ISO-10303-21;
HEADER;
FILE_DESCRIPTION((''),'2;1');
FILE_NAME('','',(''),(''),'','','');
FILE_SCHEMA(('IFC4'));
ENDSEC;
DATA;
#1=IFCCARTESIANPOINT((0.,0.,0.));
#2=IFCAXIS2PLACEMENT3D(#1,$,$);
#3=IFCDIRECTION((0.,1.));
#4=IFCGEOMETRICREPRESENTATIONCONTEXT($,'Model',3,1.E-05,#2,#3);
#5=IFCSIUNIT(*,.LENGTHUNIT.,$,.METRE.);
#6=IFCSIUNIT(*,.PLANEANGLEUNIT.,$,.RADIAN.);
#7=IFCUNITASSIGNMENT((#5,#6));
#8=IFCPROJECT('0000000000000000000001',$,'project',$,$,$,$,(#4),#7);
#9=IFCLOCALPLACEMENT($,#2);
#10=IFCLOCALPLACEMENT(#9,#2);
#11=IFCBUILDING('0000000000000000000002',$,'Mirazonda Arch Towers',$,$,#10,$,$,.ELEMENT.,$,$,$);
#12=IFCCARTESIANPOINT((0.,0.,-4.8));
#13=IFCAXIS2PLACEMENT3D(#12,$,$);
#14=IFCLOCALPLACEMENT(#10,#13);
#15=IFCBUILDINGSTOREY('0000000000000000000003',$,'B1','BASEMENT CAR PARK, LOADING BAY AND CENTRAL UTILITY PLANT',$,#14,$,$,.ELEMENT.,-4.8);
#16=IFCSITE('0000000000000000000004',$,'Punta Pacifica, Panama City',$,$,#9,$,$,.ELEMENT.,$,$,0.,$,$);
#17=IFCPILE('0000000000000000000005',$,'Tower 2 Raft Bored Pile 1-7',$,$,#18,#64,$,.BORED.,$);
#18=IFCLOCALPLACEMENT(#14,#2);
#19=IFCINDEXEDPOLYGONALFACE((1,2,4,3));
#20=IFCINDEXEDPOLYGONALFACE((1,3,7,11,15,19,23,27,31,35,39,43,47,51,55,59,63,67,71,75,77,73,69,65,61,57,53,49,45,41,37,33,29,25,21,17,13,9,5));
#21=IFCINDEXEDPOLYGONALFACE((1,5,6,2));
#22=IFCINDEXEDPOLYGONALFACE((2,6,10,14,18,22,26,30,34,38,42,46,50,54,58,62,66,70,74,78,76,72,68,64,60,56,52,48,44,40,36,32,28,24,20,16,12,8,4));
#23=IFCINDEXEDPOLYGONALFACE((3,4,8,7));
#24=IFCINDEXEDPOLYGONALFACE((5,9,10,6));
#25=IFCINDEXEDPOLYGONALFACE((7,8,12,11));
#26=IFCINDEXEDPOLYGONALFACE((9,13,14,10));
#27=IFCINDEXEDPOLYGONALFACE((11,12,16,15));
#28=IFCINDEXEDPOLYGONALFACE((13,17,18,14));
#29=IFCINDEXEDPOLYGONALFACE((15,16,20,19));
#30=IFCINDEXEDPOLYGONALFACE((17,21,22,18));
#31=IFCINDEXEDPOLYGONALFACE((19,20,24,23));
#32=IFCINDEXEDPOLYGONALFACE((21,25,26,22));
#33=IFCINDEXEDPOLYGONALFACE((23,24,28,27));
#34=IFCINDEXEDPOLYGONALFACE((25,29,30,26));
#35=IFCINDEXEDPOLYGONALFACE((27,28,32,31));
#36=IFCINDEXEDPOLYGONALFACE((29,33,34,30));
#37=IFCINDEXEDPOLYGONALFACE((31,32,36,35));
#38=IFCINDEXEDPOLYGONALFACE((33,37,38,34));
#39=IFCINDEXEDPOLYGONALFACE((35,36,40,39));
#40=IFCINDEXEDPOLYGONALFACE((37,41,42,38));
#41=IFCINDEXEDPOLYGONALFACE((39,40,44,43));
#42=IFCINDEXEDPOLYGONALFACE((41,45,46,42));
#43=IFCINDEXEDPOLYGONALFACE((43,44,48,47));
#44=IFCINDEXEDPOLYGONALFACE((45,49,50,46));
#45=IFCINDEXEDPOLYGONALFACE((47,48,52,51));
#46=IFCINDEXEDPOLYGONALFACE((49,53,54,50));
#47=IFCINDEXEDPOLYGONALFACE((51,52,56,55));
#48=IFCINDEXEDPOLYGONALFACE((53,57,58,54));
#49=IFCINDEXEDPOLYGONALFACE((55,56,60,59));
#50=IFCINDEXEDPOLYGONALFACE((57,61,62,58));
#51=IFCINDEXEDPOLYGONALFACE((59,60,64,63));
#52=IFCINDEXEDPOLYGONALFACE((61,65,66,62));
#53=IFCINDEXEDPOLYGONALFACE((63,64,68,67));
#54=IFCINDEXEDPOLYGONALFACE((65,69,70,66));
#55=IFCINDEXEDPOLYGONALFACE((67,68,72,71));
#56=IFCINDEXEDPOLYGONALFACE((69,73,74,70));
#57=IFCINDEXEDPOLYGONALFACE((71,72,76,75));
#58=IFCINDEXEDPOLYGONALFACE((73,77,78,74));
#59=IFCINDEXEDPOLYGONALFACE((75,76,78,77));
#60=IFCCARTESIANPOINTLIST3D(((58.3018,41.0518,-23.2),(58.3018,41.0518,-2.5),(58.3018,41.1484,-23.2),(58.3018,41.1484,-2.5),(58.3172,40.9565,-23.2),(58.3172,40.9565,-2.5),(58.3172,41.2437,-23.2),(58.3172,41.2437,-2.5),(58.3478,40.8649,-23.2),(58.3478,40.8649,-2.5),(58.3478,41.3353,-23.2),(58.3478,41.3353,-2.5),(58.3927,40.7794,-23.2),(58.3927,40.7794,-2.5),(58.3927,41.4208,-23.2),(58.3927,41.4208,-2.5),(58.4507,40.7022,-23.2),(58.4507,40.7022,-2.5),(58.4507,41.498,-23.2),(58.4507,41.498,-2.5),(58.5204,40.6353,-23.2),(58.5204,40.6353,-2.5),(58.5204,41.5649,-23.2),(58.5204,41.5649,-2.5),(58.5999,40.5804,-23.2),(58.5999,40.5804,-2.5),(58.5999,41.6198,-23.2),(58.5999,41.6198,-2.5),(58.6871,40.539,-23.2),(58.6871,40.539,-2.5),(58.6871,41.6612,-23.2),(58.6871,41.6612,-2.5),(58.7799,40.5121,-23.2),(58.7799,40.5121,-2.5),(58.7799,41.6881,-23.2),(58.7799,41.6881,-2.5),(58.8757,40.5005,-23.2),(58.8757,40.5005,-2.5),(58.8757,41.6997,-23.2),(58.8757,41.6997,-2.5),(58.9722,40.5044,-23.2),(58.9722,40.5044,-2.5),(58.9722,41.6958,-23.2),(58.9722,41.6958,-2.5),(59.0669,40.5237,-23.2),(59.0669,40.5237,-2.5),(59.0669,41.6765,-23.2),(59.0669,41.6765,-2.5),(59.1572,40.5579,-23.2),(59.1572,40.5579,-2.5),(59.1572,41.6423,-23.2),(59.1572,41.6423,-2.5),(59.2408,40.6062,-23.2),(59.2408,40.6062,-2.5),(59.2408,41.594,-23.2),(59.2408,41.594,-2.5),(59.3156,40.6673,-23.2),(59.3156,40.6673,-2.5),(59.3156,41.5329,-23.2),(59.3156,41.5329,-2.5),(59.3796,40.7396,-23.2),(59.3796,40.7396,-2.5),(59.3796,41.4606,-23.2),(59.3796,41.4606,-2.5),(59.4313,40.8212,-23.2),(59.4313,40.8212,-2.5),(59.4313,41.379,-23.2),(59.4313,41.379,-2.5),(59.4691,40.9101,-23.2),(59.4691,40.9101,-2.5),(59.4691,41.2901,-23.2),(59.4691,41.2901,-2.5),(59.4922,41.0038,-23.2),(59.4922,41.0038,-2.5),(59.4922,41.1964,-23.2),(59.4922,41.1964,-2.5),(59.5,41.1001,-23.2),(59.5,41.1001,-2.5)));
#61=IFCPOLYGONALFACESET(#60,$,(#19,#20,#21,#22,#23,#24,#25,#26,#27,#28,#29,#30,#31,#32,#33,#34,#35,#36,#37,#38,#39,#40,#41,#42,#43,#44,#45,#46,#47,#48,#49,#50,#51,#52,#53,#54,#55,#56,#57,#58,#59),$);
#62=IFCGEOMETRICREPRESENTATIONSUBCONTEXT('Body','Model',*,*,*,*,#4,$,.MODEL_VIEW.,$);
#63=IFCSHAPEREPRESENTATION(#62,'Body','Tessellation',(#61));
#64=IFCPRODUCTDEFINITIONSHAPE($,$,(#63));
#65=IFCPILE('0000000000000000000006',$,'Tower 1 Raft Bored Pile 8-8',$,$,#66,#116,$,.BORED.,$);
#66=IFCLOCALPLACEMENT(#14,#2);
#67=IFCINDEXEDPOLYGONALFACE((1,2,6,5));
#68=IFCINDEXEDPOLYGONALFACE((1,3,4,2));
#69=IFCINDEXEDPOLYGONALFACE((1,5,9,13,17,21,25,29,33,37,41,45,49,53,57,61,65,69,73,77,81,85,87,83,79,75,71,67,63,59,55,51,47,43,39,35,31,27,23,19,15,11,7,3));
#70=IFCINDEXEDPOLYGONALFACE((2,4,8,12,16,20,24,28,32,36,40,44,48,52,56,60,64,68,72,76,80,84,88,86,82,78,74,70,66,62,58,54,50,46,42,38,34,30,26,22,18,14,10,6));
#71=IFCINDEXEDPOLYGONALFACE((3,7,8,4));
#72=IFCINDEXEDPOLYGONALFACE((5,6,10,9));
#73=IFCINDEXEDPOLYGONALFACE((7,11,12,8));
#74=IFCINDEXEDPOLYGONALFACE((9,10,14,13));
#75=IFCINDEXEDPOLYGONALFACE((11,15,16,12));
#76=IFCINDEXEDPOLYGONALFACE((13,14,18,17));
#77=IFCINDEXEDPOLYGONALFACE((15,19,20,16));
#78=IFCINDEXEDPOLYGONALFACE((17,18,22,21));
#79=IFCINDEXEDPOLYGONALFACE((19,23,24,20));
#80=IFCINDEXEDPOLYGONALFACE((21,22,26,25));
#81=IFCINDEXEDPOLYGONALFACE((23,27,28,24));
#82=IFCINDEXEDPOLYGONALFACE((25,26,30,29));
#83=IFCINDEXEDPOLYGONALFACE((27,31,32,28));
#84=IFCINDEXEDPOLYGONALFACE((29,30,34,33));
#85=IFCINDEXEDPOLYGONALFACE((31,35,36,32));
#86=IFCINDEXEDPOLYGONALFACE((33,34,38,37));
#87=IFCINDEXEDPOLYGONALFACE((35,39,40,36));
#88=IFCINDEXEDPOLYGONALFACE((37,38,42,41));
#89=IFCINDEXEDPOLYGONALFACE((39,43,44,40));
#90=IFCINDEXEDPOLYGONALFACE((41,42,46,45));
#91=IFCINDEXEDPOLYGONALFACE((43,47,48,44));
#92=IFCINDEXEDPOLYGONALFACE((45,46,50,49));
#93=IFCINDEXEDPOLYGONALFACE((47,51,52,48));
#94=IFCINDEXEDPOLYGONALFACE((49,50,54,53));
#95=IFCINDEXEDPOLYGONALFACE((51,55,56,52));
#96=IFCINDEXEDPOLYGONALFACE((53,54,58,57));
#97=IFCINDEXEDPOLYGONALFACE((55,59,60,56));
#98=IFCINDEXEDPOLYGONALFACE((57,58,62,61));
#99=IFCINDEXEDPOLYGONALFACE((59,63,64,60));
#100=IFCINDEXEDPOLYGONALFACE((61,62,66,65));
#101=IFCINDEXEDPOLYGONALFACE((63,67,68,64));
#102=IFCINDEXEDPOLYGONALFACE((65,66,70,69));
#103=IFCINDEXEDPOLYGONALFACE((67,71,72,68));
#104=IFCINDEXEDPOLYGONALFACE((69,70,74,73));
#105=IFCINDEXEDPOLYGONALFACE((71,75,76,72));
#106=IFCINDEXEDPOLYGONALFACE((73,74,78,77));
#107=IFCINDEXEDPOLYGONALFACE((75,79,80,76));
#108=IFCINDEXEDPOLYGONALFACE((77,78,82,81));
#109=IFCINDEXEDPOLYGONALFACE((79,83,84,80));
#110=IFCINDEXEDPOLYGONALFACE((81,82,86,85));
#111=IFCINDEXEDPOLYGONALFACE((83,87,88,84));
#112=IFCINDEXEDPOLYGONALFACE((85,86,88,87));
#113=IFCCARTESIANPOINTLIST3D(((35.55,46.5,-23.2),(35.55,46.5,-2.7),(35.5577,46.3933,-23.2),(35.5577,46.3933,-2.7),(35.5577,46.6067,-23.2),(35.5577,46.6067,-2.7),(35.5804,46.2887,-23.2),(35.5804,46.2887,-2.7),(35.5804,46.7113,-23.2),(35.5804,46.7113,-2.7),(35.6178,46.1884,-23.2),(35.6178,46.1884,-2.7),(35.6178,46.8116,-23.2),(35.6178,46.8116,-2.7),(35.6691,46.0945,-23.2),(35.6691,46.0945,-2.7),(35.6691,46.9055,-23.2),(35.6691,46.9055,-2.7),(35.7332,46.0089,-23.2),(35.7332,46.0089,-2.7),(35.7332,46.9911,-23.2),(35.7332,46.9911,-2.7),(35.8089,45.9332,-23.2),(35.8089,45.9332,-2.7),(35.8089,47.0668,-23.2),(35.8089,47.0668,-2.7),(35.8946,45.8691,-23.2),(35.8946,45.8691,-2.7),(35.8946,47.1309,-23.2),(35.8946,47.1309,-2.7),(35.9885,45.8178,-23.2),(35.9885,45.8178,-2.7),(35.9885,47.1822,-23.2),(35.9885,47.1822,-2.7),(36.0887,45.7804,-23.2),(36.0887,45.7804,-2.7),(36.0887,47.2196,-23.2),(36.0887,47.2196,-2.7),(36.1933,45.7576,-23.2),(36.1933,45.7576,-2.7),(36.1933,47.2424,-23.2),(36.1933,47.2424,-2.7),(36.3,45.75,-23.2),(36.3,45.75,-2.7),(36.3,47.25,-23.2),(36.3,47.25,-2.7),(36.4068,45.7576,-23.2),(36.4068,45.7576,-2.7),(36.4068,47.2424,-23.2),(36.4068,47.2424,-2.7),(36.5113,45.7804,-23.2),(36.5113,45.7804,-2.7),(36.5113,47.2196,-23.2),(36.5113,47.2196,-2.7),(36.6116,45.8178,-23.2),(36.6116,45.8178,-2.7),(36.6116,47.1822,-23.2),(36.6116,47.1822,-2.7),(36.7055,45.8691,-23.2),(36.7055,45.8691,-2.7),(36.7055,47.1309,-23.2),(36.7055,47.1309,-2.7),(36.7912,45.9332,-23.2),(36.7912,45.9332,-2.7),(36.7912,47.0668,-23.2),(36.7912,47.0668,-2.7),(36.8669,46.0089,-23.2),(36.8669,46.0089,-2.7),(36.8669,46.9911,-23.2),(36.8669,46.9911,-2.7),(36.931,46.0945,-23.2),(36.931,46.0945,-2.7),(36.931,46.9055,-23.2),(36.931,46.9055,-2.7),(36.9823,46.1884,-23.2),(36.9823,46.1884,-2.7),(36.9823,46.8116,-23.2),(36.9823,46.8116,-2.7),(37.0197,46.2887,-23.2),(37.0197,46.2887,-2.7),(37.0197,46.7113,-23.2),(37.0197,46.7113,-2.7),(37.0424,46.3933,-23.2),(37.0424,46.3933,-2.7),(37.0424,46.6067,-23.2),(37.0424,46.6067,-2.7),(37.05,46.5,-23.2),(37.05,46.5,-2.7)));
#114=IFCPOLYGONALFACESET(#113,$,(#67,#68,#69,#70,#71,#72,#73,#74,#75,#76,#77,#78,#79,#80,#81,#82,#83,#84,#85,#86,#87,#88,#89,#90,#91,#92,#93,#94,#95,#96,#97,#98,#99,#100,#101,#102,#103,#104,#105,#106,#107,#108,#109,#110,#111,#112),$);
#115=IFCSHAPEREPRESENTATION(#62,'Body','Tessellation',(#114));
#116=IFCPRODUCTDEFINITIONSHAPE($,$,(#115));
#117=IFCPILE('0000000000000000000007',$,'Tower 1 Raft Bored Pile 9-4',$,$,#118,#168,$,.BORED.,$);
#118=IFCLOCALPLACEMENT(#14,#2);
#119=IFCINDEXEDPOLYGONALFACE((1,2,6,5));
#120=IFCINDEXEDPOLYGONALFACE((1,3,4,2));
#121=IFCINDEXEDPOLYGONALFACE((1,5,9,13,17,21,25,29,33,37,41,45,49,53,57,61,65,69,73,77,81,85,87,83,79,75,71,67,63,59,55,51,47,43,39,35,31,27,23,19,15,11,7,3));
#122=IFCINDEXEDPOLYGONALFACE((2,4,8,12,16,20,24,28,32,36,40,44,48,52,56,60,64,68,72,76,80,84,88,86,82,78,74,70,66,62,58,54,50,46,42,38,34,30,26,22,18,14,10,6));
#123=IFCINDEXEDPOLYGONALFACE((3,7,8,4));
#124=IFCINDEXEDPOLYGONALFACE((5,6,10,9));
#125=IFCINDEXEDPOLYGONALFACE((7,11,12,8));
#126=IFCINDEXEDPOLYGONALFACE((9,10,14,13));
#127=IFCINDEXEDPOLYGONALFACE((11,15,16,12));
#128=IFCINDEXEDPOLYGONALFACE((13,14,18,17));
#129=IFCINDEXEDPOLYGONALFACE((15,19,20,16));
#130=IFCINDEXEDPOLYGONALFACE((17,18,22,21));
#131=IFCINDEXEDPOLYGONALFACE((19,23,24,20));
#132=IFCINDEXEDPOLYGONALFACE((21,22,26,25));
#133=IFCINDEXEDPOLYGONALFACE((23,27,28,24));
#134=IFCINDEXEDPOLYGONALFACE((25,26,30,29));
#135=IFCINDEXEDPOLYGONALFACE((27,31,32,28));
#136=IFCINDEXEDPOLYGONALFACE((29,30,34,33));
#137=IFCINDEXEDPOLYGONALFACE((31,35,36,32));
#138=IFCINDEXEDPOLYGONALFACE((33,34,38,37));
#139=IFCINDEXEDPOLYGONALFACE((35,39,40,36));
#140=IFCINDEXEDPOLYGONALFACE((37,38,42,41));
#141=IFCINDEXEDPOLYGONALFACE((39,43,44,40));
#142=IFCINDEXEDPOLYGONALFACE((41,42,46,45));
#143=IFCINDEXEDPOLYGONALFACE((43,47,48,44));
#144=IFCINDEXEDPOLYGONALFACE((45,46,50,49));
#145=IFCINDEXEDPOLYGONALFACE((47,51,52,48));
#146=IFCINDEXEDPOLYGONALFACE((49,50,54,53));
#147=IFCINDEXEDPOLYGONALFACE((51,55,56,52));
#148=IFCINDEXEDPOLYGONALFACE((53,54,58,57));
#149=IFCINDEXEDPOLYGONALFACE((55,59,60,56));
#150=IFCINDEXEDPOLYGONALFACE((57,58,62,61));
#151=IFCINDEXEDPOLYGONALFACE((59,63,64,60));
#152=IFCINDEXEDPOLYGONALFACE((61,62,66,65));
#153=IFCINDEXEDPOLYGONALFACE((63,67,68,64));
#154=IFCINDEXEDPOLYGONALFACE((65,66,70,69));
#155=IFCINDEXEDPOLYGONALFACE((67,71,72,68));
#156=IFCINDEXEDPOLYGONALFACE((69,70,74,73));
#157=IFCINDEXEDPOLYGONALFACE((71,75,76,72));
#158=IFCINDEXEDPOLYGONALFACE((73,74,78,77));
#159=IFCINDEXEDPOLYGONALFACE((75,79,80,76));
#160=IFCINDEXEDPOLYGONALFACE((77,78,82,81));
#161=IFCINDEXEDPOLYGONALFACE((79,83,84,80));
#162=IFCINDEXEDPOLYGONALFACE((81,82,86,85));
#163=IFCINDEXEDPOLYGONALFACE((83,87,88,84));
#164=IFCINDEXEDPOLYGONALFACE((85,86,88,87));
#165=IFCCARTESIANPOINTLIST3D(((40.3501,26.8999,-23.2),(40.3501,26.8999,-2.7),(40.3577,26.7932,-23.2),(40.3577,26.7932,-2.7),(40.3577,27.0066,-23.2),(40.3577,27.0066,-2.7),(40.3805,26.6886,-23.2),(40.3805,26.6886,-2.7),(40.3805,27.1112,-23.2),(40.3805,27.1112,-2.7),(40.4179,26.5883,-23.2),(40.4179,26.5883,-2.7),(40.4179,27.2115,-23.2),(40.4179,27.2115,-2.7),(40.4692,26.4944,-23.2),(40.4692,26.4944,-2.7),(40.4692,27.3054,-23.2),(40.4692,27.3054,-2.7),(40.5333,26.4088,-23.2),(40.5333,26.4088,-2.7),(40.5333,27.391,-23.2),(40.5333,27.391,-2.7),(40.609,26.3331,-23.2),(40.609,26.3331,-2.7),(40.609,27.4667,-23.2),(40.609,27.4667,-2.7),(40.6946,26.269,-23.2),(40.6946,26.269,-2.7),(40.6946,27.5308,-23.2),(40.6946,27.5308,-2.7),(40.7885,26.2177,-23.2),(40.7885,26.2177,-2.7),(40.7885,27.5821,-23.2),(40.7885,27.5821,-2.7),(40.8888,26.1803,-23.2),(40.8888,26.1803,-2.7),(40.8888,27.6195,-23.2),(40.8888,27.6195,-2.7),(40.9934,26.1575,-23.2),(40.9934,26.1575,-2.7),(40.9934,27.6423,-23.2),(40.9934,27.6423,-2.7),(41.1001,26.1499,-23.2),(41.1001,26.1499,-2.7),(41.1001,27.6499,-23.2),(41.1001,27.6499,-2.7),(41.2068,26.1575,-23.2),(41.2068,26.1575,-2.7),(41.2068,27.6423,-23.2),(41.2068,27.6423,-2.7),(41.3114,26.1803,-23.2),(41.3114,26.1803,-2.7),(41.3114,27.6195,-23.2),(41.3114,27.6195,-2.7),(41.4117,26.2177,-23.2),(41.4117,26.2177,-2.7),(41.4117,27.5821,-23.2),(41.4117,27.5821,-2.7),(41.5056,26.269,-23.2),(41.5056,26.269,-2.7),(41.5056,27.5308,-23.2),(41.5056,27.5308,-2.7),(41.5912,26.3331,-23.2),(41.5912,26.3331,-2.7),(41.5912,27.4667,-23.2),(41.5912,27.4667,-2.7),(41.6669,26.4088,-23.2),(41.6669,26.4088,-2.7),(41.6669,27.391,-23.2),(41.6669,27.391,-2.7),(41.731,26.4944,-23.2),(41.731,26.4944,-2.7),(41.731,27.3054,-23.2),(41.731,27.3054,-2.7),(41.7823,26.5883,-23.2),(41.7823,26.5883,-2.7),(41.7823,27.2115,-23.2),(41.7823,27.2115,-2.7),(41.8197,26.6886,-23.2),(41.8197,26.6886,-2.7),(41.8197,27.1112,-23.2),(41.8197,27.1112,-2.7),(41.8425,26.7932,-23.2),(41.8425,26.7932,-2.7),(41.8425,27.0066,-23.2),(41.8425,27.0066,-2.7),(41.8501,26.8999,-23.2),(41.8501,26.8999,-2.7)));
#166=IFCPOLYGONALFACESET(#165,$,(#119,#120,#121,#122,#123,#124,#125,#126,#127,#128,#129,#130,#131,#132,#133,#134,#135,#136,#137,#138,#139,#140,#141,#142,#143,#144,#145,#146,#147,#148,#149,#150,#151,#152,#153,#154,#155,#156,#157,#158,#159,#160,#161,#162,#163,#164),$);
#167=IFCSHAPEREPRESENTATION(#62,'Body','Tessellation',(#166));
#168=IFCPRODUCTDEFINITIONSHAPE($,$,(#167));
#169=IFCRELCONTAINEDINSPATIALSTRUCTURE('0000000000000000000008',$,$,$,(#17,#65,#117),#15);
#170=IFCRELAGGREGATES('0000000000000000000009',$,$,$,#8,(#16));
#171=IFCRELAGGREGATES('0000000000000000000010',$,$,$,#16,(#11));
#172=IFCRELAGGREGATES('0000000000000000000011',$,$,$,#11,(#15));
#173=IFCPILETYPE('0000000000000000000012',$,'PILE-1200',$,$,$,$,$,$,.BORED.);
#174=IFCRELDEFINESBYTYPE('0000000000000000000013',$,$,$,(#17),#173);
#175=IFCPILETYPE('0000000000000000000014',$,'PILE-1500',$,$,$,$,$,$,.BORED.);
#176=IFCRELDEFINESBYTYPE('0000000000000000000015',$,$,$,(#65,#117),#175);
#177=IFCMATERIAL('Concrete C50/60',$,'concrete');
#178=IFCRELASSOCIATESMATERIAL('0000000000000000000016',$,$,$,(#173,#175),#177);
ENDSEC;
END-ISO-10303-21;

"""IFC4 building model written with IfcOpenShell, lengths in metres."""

from ifc_helpers import new_model, si_unit, direction, frame, origin, origin_2d, place, context, subcontext, project, spatial, circle, extrude, material, material_profile, profile_set, type_object, element, save


model = new_model("IFC4")

# Units and contexts
model_context = context("Model", 3, precision=1e-05, world=origin(), true_north=direction((0.0, 1.0)))
body_context = subcontext(model_context, "Body", "Model", "MODEL_VIEW")
ifc_project = project(units=[si_unit("LENGTHUNIT", "METRE"), si_unit("PLANEANGLEUNIT", "RADIAN")], contexts=[model_context])

# Site, building, storey
site_placement = place(None, origin())
site = spatial("IfcSite", under=ifc_project, at=site_placement, Name="Punta Pacifica, Panama City", CompositionType="ELEMENT", RefElevation=0.0)
building_placement = place(site_placement, origin())
building = spatial("IfcBuilding", under=site, at=building_placement, Name="Mirazonda Arch Towers", CompositionType="ELEMENT")
storey_placement = place(building_placement, frame((0.0, 0.0, -4.8)))
storey = spatial("IfcBuildingStorey", under=building, at=storey_placement, Name="B1", Description="BASEMENT CAR PARK, LOADING BAY AND CENTRAL UTILITY PLANT", CompositionType="ELEMENT", Elevation=-4.8)

# Piles
ifc_material_1 = material(Name="Concrete C50/60", Category="concrete")
ifc_material_profile_1 = material_profile(ifc_material_1, circle(Radius=0.6001, at=origin_2d()), Name="BORED-D1200")
ifc_profile_set_1 = profile_set([ifc_material_profile_1], Name="Concrete C50/60")
pile_type_1 = type_object("IfcPileType", Name="PILE-1200", PredefinedType="BORED", material=ifc_profile_set_1)
for number, where, z_axis, x_axis, name in (
    (1, (58.8999, 41.1001, -2.5), (0.0, 0.0, -1.0), (1.0, 0.0, 0.0), "Tower 2 Raft Bored Pile 1-7"),
):
    element("IfcPile", number, at=place(storey_placement, frame(where, z_axis=z_axis, x_axis=x_axis)), inside=storey, type_object=pile_type_1, Name=name, PredefinedType="BORED", context=body_context, shape_type="SweptSolid", body=[
        extrude(circle(Radius=0.6001, at=origin_2d()), origin(), (0.0, 0.0, 1.0), 20.7),
    ])
ifc_material_profile_2 = material_profile(ifc_material_1, circle(Radius=0.75, at=origin_2d()), Name="BORED-D1500")
ifc_profile_set_2 = profile_set([ifc_material_profile_2], Name="Concrete C50/60")
pile_type_2 = type_object("IfcPileType", Name="PILE-1500", PredefinedType="BORED", material=ifc_profile_set_2)
for number, where, z_axis, x_axis, name in (
    (2, (36.3, 46.5, -2.7), (0.0, 0.0, -1.0), (1.0, 0.0, 0.0), "Tower 1 Raft Bored Pile 8-8"),
    (3, (41.1001, 26.8999, -2.7), (0.0, 0.0, -1.0), (1.0, 0.0, 0.0), "Tower 1 Raft Bored Pile 9-4"),
):
    element("IfcPile", number, at=place(storey_placement, frame(where, z_axis=z_axis, x_axis=x_axis)), inside=storey, type_object=pile_type_2, Name=name, PredefinedType="BORED", context=body_context, shape_type="SweptSolid", body=[
        extrude(circle(Radius=0.75, at=origin_2d()), origin(), (0.0, 0.0, 1.0), 20.5),
    ])

save(model, "model.ifc")
